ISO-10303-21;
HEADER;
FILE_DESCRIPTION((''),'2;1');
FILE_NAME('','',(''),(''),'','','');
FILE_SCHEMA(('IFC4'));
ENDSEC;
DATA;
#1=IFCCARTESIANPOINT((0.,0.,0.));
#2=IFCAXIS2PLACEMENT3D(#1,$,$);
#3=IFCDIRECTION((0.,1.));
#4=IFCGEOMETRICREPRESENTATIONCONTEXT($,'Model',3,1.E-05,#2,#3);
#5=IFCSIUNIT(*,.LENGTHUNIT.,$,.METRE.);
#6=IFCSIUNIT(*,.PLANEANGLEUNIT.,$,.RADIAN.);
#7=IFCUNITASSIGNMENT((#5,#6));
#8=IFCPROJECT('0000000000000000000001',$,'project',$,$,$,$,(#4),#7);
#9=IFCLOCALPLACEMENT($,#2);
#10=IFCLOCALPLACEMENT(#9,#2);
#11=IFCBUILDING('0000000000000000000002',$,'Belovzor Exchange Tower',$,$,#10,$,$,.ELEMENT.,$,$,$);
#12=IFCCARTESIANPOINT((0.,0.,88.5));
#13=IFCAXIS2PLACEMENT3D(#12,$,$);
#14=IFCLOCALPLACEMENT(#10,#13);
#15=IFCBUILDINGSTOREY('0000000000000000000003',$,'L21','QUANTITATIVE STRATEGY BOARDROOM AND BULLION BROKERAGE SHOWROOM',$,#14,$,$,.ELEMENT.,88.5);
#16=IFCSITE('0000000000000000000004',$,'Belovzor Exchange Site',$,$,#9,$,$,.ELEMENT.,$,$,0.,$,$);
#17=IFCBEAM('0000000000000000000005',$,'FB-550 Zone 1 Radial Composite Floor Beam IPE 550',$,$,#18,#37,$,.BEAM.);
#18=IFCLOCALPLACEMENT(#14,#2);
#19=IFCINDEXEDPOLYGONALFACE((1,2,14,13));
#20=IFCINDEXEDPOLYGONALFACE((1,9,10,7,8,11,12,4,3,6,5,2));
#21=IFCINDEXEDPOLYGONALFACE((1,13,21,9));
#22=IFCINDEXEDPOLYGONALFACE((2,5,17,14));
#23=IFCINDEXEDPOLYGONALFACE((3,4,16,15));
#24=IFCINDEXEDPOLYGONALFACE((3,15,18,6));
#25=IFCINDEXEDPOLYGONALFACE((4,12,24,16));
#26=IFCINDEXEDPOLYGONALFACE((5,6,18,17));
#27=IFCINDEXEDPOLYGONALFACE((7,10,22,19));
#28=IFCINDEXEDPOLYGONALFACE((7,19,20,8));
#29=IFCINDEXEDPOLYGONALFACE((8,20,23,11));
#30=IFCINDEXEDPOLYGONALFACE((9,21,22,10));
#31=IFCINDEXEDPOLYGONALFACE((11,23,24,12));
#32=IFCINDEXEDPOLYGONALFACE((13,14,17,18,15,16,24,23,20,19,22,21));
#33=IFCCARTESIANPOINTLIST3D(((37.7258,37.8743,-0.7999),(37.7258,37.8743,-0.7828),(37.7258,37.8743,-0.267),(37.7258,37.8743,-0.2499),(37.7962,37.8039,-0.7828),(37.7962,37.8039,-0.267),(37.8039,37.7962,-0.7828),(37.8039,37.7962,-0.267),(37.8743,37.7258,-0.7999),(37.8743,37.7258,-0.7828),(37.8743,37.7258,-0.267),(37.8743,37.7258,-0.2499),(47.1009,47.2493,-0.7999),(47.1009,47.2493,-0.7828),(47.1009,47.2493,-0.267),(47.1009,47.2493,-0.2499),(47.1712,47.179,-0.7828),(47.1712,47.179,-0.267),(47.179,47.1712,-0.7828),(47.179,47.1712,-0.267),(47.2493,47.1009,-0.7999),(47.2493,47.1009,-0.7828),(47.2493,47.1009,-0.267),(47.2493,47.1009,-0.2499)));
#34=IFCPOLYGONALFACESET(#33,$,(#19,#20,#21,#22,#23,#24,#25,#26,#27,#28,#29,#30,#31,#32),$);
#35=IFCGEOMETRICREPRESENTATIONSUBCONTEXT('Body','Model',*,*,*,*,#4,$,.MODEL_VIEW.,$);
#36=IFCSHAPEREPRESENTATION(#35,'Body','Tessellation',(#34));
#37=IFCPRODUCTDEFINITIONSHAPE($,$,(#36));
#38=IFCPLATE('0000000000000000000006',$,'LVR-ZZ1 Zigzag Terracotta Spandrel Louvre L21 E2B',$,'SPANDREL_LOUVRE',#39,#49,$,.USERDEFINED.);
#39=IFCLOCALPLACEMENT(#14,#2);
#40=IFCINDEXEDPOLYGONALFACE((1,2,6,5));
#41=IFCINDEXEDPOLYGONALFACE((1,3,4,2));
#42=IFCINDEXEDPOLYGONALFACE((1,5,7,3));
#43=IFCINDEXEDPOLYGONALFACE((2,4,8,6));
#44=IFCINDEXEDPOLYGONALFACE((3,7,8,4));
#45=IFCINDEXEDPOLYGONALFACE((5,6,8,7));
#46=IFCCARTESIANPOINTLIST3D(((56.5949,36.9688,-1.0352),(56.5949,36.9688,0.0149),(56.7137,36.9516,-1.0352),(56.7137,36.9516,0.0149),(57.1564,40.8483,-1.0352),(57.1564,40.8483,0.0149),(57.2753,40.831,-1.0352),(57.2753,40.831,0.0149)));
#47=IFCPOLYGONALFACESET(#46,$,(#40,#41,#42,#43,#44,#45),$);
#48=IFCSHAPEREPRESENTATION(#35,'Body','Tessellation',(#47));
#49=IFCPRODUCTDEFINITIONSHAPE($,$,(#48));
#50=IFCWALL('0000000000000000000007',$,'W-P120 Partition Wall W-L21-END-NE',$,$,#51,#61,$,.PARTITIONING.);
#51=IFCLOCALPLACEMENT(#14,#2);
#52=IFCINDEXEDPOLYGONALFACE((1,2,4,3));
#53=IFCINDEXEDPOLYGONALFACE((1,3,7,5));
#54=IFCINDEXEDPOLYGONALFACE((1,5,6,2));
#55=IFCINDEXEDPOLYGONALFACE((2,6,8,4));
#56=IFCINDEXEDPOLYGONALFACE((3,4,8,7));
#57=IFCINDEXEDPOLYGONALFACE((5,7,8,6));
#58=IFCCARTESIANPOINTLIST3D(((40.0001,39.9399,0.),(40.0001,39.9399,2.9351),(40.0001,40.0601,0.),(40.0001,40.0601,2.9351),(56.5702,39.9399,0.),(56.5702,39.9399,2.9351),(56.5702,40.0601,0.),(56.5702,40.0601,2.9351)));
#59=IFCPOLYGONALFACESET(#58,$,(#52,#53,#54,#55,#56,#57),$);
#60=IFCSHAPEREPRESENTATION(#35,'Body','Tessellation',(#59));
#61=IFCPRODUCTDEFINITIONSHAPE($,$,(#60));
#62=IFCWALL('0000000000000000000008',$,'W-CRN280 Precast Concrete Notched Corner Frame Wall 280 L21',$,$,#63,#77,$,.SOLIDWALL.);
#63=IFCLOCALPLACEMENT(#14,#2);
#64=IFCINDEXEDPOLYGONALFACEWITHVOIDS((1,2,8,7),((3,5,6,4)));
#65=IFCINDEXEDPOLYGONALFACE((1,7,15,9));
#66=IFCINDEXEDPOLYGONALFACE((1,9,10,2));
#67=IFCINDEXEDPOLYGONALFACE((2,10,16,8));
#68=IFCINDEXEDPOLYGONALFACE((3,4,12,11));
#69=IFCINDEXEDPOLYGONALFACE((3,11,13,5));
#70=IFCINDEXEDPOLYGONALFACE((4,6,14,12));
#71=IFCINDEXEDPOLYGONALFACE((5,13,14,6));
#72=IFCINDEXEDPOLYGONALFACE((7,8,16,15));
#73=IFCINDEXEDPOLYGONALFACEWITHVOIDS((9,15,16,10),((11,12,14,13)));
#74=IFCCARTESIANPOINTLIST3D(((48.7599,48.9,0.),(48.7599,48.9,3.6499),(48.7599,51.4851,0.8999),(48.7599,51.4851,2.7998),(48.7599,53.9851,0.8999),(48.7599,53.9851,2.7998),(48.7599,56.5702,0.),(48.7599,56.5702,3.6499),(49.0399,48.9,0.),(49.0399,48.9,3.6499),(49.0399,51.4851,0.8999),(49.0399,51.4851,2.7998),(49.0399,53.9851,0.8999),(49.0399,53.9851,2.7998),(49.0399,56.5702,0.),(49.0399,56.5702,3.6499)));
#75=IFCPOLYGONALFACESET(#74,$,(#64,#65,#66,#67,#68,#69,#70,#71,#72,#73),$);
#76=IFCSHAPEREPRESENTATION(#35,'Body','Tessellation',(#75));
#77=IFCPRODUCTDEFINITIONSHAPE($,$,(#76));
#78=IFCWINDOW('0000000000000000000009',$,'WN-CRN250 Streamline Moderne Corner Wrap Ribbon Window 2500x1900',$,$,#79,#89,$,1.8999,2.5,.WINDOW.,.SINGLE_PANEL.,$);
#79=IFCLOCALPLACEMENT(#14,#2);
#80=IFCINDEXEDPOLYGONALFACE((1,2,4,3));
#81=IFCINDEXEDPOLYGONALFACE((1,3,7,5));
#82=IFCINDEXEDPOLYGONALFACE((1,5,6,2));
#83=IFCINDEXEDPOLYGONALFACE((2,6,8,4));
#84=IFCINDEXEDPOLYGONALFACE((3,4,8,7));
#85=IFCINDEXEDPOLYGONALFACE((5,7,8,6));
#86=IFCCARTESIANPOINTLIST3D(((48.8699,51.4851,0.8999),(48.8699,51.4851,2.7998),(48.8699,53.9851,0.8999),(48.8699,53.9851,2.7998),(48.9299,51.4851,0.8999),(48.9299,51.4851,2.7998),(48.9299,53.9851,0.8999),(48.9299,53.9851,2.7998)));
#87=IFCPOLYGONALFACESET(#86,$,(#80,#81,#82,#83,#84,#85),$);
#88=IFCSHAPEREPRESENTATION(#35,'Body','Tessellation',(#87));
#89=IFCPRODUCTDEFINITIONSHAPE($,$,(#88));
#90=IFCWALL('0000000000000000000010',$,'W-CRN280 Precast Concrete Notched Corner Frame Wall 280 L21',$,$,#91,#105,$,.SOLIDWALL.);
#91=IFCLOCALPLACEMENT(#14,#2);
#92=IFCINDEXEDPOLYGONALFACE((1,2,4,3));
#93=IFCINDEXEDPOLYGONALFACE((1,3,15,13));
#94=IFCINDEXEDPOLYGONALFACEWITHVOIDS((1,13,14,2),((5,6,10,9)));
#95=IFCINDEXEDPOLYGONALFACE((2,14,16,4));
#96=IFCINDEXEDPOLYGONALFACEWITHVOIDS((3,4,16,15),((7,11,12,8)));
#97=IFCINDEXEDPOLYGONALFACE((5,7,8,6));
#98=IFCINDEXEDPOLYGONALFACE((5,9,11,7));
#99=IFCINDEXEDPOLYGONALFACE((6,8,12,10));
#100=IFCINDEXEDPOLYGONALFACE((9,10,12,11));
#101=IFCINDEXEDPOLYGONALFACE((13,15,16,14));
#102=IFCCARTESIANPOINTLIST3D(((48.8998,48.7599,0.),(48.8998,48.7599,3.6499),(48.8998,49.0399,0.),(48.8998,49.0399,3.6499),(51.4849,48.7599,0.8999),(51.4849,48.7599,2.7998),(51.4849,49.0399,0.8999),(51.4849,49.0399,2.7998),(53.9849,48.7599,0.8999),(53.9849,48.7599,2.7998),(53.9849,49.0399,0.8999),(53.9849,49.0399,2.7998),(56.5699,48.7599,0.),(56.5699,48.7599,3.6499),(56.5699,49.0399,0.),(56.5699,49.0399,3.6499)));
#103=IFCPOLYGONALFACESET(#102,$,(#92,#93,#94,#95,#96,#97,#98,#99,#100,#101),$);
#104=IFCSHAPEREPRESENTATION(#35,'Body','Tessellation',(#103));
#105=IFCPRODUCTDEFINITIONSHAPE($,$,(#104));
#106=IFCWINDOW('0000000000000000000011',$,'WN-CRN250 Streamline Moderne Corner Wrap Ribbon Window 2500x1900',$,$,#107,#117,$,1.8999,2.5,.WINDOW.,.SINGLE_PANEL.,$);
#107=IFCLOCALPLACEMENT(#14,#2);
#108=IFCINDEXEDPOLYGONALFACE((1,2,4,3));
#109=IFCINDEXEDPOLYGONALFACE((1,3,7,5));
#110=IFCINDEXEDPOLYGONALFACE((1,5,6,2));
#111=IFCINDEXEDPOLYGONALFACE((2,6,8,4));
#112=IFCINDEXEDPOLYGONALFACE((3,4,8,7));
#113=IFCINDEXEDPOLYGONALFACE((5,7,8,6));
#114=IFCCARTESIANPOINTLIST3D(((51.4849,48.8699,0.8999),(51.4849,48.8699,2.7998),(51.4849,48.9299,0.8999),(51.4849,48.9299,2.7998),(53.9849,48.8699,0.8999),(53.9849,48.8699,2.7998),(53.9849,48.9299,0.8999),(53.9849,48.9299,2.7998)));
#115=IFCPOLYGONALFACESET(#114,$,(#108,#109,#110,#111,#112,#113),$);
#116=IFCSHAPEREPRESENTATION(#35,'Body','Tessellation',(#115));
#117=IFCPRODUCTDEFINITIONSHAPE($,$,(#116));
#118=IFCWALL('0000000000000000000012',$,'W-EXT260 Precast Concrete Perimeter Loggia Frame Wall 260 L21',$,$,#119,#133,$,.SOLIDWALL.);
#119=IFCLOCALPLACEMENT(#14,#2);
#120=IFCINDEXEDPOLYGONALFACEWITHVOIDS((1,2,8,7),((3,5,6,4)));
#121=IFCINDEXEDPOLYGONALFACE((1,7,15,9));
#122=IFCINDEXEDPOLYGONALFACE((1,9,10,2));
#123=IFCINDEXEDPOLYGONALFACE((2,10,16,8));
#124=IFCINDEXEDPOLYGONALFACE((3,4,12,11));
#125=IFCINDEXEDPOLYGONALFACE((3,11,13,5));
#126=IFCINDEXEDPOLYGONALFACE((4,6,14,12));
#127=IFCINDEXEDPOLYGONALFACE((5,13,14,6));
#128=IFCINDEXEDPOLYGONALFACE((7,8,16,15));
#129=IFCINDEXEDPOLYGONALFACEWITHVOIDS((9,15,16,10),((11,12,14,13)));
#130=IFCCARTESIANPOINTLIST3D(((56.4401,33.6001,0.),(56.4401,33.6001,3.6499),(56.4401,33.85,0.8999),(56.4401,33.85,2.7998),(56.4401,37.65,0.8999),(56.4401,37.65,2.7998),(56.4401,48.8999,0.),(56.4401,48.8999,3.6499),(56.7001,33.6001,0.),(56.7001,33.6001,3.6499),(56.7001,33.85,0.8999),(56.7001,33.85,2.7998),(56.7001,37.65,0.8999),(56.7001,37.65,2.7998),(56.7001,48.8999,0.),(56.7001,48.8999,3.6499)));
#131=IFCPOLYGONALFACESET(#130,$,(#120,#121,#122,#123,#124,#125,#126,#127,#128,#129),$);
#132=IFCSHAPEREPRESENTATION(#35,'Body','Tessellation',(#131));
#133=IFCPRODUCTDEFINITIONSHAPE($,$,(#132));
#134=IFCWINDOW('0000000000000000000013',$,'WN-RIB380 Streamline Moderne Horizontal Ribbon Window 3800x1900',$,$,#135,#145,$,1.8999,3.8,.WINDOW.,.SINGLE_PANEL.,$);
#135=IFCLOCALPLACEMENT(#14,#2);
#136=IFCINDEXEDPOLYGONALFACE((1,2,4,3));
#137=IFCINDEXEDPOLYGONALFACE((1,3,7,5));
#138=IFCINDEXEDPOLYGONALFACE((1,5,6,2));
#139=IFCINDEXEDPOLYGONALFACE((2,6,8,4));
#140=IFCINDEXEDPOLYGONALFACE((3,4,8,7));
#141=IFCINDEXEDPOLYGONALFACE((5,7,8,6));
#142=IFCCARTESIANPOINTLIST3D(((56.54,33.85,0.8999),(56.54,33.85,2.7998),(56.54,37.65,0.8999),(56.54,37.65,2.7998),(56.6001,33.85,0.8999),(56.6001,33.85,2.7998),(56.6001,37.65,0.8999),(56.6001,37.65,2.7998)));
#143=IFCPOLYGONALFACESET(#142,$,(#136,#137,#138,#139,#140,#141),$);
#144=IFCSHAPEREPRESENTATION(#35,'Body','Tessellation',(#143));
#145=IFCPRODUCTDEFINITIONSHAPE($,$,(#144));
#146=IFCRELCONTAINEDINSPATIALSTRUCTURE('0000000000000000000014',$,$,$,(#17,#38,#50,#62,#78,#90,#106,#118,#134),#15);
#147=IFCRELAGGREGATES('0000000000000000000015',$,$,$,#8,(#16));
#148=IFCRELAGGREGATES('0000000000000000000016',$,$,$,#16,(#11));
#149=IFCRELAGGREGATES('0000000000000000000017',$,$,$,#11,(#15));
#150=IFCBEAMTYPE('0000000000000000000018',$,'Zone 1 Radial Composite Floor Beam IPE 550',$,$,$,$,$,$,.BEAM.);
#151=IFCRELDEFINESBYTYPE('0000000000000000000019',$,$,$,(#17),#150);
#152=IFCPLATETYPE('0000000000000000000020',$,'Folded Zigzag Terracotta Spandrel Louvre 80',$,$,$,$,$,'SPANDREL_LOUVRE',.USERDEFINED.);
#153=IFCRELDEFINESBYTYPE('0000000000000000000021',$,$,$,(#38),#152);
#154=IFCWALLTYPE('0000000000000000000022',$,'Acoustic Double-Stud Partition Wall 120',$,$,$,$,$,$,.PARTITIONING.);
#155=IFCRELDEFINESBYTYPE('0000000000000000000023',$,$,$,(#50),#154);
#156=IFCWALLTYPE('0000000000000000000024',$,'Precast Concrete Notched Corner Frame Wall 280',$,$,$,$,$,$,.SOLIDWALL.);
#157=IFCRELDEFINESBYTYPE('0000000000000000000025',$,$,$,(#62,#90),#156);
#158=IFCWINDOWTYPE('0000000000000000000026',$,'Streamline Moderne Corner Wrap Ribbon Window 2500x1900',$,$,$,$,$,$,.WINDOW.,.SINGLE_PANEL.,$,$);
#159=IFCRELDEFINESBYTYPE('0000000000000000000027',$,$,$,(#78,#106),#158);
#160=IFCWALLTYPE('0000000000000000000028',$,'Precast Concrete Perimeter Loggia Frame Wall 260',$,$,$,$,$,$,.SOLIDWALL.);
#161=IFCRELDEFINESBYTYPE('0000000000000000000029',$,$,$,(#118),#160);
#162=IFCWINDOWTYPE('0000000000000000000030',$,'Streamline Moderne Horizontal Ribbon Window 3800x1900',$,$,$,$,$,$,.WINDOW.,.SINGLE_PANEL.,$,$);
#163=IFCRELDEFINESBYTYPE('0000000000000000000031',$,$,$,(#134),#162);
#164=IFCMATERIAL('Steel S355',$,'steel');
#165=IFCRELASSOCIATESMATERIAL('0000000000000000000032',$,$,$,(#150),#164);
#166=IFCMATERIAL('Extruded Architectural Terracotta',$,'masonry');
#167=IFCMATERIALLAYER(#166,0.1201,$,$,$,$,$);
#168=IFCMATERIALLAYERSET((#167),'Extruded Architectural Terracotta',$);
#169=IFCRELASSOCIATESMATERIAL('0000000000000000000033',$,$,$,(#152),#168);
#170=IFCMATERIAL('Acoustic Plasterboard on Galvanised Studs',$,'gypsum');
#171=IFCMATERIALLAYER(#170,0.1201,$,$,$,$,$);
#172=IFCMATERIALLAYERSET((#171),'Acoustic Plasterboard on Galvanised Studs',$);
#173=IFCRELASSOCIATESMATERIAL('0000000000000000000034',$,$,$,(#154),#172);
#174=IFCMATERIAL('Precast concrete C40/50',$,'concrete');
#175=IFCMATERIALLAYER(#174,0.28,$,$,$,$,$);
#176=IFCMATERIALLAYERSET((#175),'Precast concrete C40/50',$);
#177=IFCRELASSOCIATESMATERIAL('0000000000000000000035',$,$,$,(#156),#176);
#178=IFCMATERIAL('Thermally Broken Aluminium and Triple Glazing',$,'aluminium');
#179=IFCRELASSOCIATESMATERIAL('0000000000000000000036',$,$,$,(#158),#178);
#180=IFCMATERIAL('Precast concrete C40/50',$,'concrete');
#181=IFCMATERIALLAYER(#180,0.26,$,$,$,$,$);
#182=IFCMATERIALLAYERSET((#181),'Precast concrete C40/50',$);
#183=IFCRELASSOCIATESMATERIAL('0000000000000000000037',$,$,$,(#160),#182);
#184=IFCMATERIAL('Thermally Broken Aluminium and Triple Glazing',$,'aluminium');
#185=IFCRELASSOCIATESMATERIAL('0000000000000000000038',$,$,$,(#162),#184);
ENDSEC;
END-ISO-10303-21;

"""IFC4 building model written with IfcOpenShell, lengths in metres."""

from ifc_helpers import new_model, si_unit, direction, frame, frame_2d, origin, origin_2d, place, context, subcontext, project, spatial, rectangle, i_section, extrude, material, layer, layer_set, material_profile, profile_set, type_object, element, fill, save


model = new_model("IFC4")

# Units and contexts
model_context = context("Model", 3, precision=1e-05, world=origin(), true_north=direction((0.0, 1.0)))
body_context = subcontext(model_context, "Body", "Model", "MODEL_VIEW")
ifc_project = project(units=[si_unit("LENGTHUNIT", "METRE"), si_unit("PLANEANGLEUNIT", "RADIAN")], contexts=[model_context])

# Site, building, storey
site_placement = place(None, origin())
site = spatial("IfcSite", under=ifc_project, at=site_placement, Name="Belovzor Exchange Site", CompositionType="ELEMENT", RefElevation=0.0)
building_placement = place(site_placement, origin())
building = spatial("IfcBuilding", under=site, at=building_placement, Name="Belovzor Exchange Tower", CompositionType="ELEMENT")
storey_placement = place(building_placement, frame((0.0, 0.0, 88.5)))
storey = spatial("IfcBuildingStorey", under=building, at=storey_placement, Name="L21", Description="QUANTITATIVE STRATEGY BOARDROOM AND BULLION BROKERAGE SHOWROOM", CompositionType="ELEMENT", Elevation=88.5)

# Beam
ifc_material_1 = material(Name="Steel S355", Category="steel")
ifc_material_profile_1 = material_profile(ifc_material_1, i_section(OverallWidth=0.21, OverallDepth=0.55, WebThickness=0.011, FlangeThickness=0.0171, at=origin_2d()))
ifc_profile_set_1 = profile_set([ifc_material_profile_1], Name="Steel S355")
beam_type_1 = type_object("IfcBeamType", Name="Zone 1 Radial Composite Floor Beam IPE 550", PredefinedType="BEAM", material=ifc_profile_set_1)
beam_1_placement = place(storey_placement, frame((37.8, 37.8, -0.5249), z_axis=(0.707107, 0.707107, 0.0), x_axis=(-0.707107, 0.707107, 0.0)))
element("IfcBeam", 1, at=beam_1_placement, inside=storey, type_object=beam_type_1, Name="FB-550 Zone 1 Radial Composite Floor Beam IPE 550", PredefinedType="BEAM", context=body_context, shape_type="SweptSolid", body=[
    extrude(i_section(OverallWidth=0.21, OverallDepth=0.55, WebThickness=0.011, FlangeThickness=0.0171, at=origin_2d()), origin(), (0.0, 0.0, 1.0), 13.2583),
])

# Plate
ifc_material_2 = material(Name="Extruded Architectural Terracotta", Category="masonry")
ifc_layer_1 = layer(ifc_material_2, 0.1201)
ifc_layer_set_1 = layer_set([ifc_layer_1], Name="Extruded Architectural Terracotta")
plate_type = type_object("IfcPlateType", Name="Folded Zigzag Terracotta Spandrel Louvre 80", ElementType="SPANDREL_LOUVRE", PredefinedType="USERDEFINED", material=ifc_layer_set_1)
plate_placement = place(storey_placement, frame((56.9351, 38.8999, -1.0352), z_axis=(0.0, 0.0, 1.0), x_axis=(0.143251, 0.989686, 0.0)))
element("IfcPlate", 2, at=plate_placement, inside=storey, type_object=plate_type, Name="LVR-ZZ1 Zigzag Terracotta Spandrel Louvre L21 E2B", ObjectType="SPANDREL_LOUVRE", PredefinedType="USERDEFINED", context=body_context, shape_type="SweptSolid", body=[
    extrude(rectangle(XDim=3.9199, YDim=0.1201, at=origin_2d()), origin(), (0.0, 0.0, 1.0), 1.05),
])

# Wall
ifc_material_3 = material(Name="Acoustic Plasterboard on Galvanised Studs", Category="gypsum")
ifc_layer_2 = layer(ifc_material_3, 0.1201)
ifc_layer_set_2 = layer_set([ifc_layer_2], Name="Acoustic Plasterboard on Galvanised Studs")
wall_type_1 = type_object("IfcWallType", Name="Acoustic Double-Stud Partition Wall 120", PredefinedType="PARTITIONING", material=ifc_layer_set_2)
wall_1_placement = place(storey_placement, frame((40.0, 40.0, 0.0), z_axis=(0.0, 0.0, 1.0), x_axis=(1.0, 0.0, 0.0)))
element("IfcWall", 3, at=wall_1_placement, inside=storey, type_object=wall_type_1, Name="W-P120 Partition Wall W-L21-END-NE", PredefinedType="PARTITIONING", context=body_context, shape_type="SweptSolid", body=[
    extrude(rectangle(XDim=16.5701, YDim=0.1201, at=frame_2d((8.2852, 0.0))), origin(), (0.0, 0.0, 1.0), 2.9351),
])

# Walls, openings, windows
ifc_material_4 = material(Name="Precast concrete C40/50", Category="concrete")
ifc_layer_3 = layer(ifc_material_4, 0.28)
ifc_layer_set_3 = layer_set([ifc_layer_3], Name="Precast concrete C40/50")
wall_type_2 = type_object("IfcWallType", Name="Precast Concrete Notched Corner Frame Wall 280", PredefinedType="SOLIDWALL", material=ifc_layer_set_3)
wall_2_placement = place(storey_placement, frame((48.8999, 56.5701, 0.0), z_axis=(0.0, 0.0, 1.0), x_axis=(0.0, -1.0, 0.0)))
wall_2 = element("IfcWall", 4, at=wall_2_placement, inside=storey, type_object=wall_type_2, Name="W-CRN280 Precast Concrete Notched Corner Frame Wall 280 L21", PredefinedType="SOLIDWALL", context=body_context, shape_type="SweptSolid", body=[
    extrude(rectangle(XDim=7.6702, YDim=0.28, at=frame_2d((3.835, 0.0))), origin(), (0.0, 0.0, 1.0), 3.6499),
])
opening_1_placement = place(wall_2_placement, frame((2.585, 0.0, 0.8999)))
opening_1 = element("IfcOpeningElement", 5, at=opening_1_placement, cuts=wall_2, PredefinedType="OPENING", context=body_context, shape_type="SweptSolid", body=[
    extrude(rectangle(XDim=2.5, YDim=1.8999, at=frame_2d((1.25, 0.95))), frame((0.0, 0.1499, 0.0), z_axis=(0.0, -1.0, 0.0), x_axis=(1.0, 0.0, 0.0)), (0.0, 0.0, 1.0), 0.3),
])
ifc_material_5 = material(Name="Thermally Broken Aluminium and Triple Glazing", Category="aluminium")
window_type_1 = type_object("IfcWindowType", Name="Streamline Moderne Corner Wrap Ribbon Window 2500x1900", PartitioningType="SINGLE_PANEL", PredefinedType="WINDOW", material=ifc_material_5)
window_1_placement = place(opening_1_placement, origin())
window_1 = element("IfcWindow", 6, at=window_1_placement, inside=storey, type_object=window_type_1, Name="WN-CRN250 Streamline Moderne Corner Wrap Ribbon Window 2500x1900", OverallHeight=1.8999, OverallWidth=2.5, PartitioningType="SINGLE_PANEL", PredefinedType="WINDOW", context=body_context, shape_type="SweptSolid", body=[
    extrude(rectangle(XDim=2.5, YDim=1.8999, at=frame_2d((1.25, 0.95))), frame((0.0, 0.03, 0.0), z_axis=(0.0, -1.0, 0.0), x_axis=(1.0, 0.0, 0.0)), (0.0, 0.0, 1.0), 0.0601),
])
fill(opening_1, window_1)
wall_3_placement = place(storey_placement, frame((48.8999, 48.8999, 0.0), z_axis=(0.0, 0.0, 1.0), x_axis=(1.0, 0.0, 0.0)))
wall_3 = element("IfcWall", 7, at=wall_3_placement, inside=storey, type_object=wall_type_2, Name="W-CRN280 Precast Concrete Notched Corner Frame Wall 280 L21", PredefinedType="SOLIDWALL", context=body_context, shape_type="SweptSolid", body=[
    extrude(rectangle(XDim=7.6702, YDim=0.28, at=frame_2d((3.835, 0.0))), origin(), (0.0, 0.0, 1.0), 3.6499),
])
opening_2_placement = place(wall_3_placement, frame((2.585, 0.0, 0.8999)))
opening_2 = element("IfcOpeningElement", 8, at=opening_2_placement, cuts=wall_3, PredefinedType="OPENING", context=body_context, shape_type="SweptSolid", body=[
    extrude(rectangle(XDim=2.5, YDim=1.8999, at=frame_2d((1.25, 0.95))), frame((0.0, 0.1499, 0.0), z_axis=(0.0, -1.0, 0.0), x_axis=(1.0, 0.0, 0.0)), (0.0, 0.0, 1.0), 0.3),
])
window_2_placement = place(opening_2_placement, origin())
window_2 = element("IfcWindow", 9, at=window_2_placement, inside=storey, type_object=window_type_1, Name="WN-CRN250 Streamline Moderne Corner Wrap Ribbon Window 2500x1900", OverallHeight=1.8999, OverallWidth=2.5, PartitioningType="SINGLE_PANEL", PredefinedType="WINDOW", context=body_context, shape_type="SweptSolid", body=[
    extrude(rectangle(XDim=2.5, YDim=1.8999, at=frame_2d((1.25, 0.95))), frame((0.0, 0.03, 0.0), z_axis=(0.0, -1.0, 0.0), x_axis=(1.0, 0.0, 0.0)), (0.0, 0.0, 1.0), 0.0601),
])
fill(opening_2, window_2)
ifc_material_6 = material(Name="Precast concrete C40/50", Category="concrete")
ifc_layer_4 = layer(ifc_material_6, 0.26)
ifc_layer_set_4 = layer_set([ifc_layer_4], Name="Precast concrete C40/50")
wall_type_3 = type_object("IfcWallType", Name="Precast Concrete Perimeter Loggia Frame Wall 260", PredefinedType="SOLIDWALL", material=ifc_layer_set_4)
wall_4_placement = place(storey_placement, frame((56.5701, 48.8999, 0.0), z_axis=(0.0, 0.0, 1.0), x_axis=(0.0, -1.0, 0.0)))
wall_4 = element("IfcWall", 10, at=wall_4_placement, inside=storey, type_object=wall_type_3, Name="W-EXT260 Precast Concrete Perimeter Loggia Frame Wall 260 L21", PredefinedType="SOLIDWALL", context=body_context, shape_type="SweptSolid", body=[
    extrude(rectangle(XDim=15.2998, YDim=0.26, at=frame_2d((7.6499, 0.0))), origin(), (0.0, 0.0, 1.0), 3.6499),
])
opening_3_placement = place(wall_4_placement, frame((11.25, 0.0, 0.8999)))
opening_3 = element("IfcOpeningElement", 11, at=opening_3_placement, cuts=wall_4, PredefinedType="OPENING", context=body_context, shape_type="SweptSolid", body=[
    extrude(rectangle(XDim=3.8, YDim=1.8999, at=frame_2d((1.8999, 0.95))), frame((0.0, 0.1399, 0.0), z_axis=(0.0, -1.0, 0.0), x_axis=(1.0, 0.0, 0.0)), (0.0, 0.0, 1.0), 0.28),
])
ifc_material_7 = material(Name="Thermally Broken Aluminium and Triple Glazing", Category="aluminium")
window_type_2 = type_object("IfcWindowType", Name="Streamline Moderne Horizontal Ribbon Window 3800x1900", PartitioningType="SINGLE_PANEL", PredefinedType="WINDOW", material=ifc_material_7)
window_3_placement = place(opening_3_placement, origin())
window_3 = element("IfcWindow", 12, at=window_3_placement, inside=storey, type_object=window_type_2, Name="WN-RIB380 Streamline Moderne Horizontal Ribbon Window 3800x1900", OverallHeight=1.8999, OverallWidth=3.8, PartitioningType="SINGLE_PANEL", PredefinedType="WINDOW", context=body_context, shape_type="SweptSolid", body=[
    extrude(rectangle(XDim=3.8, YDim=1.8999, at=frame_2d((1.8999, 0.95))), frame((0.0, 0.03, 0.0), z_axis=(0.0, -1.0, 0.0), x_axis=(1.0, 0.0, 0.0)), (0.0, 0.0, 1.0), 0.0601),
])
fill(opening_3, window_3)

save(model, "model.ifc")
